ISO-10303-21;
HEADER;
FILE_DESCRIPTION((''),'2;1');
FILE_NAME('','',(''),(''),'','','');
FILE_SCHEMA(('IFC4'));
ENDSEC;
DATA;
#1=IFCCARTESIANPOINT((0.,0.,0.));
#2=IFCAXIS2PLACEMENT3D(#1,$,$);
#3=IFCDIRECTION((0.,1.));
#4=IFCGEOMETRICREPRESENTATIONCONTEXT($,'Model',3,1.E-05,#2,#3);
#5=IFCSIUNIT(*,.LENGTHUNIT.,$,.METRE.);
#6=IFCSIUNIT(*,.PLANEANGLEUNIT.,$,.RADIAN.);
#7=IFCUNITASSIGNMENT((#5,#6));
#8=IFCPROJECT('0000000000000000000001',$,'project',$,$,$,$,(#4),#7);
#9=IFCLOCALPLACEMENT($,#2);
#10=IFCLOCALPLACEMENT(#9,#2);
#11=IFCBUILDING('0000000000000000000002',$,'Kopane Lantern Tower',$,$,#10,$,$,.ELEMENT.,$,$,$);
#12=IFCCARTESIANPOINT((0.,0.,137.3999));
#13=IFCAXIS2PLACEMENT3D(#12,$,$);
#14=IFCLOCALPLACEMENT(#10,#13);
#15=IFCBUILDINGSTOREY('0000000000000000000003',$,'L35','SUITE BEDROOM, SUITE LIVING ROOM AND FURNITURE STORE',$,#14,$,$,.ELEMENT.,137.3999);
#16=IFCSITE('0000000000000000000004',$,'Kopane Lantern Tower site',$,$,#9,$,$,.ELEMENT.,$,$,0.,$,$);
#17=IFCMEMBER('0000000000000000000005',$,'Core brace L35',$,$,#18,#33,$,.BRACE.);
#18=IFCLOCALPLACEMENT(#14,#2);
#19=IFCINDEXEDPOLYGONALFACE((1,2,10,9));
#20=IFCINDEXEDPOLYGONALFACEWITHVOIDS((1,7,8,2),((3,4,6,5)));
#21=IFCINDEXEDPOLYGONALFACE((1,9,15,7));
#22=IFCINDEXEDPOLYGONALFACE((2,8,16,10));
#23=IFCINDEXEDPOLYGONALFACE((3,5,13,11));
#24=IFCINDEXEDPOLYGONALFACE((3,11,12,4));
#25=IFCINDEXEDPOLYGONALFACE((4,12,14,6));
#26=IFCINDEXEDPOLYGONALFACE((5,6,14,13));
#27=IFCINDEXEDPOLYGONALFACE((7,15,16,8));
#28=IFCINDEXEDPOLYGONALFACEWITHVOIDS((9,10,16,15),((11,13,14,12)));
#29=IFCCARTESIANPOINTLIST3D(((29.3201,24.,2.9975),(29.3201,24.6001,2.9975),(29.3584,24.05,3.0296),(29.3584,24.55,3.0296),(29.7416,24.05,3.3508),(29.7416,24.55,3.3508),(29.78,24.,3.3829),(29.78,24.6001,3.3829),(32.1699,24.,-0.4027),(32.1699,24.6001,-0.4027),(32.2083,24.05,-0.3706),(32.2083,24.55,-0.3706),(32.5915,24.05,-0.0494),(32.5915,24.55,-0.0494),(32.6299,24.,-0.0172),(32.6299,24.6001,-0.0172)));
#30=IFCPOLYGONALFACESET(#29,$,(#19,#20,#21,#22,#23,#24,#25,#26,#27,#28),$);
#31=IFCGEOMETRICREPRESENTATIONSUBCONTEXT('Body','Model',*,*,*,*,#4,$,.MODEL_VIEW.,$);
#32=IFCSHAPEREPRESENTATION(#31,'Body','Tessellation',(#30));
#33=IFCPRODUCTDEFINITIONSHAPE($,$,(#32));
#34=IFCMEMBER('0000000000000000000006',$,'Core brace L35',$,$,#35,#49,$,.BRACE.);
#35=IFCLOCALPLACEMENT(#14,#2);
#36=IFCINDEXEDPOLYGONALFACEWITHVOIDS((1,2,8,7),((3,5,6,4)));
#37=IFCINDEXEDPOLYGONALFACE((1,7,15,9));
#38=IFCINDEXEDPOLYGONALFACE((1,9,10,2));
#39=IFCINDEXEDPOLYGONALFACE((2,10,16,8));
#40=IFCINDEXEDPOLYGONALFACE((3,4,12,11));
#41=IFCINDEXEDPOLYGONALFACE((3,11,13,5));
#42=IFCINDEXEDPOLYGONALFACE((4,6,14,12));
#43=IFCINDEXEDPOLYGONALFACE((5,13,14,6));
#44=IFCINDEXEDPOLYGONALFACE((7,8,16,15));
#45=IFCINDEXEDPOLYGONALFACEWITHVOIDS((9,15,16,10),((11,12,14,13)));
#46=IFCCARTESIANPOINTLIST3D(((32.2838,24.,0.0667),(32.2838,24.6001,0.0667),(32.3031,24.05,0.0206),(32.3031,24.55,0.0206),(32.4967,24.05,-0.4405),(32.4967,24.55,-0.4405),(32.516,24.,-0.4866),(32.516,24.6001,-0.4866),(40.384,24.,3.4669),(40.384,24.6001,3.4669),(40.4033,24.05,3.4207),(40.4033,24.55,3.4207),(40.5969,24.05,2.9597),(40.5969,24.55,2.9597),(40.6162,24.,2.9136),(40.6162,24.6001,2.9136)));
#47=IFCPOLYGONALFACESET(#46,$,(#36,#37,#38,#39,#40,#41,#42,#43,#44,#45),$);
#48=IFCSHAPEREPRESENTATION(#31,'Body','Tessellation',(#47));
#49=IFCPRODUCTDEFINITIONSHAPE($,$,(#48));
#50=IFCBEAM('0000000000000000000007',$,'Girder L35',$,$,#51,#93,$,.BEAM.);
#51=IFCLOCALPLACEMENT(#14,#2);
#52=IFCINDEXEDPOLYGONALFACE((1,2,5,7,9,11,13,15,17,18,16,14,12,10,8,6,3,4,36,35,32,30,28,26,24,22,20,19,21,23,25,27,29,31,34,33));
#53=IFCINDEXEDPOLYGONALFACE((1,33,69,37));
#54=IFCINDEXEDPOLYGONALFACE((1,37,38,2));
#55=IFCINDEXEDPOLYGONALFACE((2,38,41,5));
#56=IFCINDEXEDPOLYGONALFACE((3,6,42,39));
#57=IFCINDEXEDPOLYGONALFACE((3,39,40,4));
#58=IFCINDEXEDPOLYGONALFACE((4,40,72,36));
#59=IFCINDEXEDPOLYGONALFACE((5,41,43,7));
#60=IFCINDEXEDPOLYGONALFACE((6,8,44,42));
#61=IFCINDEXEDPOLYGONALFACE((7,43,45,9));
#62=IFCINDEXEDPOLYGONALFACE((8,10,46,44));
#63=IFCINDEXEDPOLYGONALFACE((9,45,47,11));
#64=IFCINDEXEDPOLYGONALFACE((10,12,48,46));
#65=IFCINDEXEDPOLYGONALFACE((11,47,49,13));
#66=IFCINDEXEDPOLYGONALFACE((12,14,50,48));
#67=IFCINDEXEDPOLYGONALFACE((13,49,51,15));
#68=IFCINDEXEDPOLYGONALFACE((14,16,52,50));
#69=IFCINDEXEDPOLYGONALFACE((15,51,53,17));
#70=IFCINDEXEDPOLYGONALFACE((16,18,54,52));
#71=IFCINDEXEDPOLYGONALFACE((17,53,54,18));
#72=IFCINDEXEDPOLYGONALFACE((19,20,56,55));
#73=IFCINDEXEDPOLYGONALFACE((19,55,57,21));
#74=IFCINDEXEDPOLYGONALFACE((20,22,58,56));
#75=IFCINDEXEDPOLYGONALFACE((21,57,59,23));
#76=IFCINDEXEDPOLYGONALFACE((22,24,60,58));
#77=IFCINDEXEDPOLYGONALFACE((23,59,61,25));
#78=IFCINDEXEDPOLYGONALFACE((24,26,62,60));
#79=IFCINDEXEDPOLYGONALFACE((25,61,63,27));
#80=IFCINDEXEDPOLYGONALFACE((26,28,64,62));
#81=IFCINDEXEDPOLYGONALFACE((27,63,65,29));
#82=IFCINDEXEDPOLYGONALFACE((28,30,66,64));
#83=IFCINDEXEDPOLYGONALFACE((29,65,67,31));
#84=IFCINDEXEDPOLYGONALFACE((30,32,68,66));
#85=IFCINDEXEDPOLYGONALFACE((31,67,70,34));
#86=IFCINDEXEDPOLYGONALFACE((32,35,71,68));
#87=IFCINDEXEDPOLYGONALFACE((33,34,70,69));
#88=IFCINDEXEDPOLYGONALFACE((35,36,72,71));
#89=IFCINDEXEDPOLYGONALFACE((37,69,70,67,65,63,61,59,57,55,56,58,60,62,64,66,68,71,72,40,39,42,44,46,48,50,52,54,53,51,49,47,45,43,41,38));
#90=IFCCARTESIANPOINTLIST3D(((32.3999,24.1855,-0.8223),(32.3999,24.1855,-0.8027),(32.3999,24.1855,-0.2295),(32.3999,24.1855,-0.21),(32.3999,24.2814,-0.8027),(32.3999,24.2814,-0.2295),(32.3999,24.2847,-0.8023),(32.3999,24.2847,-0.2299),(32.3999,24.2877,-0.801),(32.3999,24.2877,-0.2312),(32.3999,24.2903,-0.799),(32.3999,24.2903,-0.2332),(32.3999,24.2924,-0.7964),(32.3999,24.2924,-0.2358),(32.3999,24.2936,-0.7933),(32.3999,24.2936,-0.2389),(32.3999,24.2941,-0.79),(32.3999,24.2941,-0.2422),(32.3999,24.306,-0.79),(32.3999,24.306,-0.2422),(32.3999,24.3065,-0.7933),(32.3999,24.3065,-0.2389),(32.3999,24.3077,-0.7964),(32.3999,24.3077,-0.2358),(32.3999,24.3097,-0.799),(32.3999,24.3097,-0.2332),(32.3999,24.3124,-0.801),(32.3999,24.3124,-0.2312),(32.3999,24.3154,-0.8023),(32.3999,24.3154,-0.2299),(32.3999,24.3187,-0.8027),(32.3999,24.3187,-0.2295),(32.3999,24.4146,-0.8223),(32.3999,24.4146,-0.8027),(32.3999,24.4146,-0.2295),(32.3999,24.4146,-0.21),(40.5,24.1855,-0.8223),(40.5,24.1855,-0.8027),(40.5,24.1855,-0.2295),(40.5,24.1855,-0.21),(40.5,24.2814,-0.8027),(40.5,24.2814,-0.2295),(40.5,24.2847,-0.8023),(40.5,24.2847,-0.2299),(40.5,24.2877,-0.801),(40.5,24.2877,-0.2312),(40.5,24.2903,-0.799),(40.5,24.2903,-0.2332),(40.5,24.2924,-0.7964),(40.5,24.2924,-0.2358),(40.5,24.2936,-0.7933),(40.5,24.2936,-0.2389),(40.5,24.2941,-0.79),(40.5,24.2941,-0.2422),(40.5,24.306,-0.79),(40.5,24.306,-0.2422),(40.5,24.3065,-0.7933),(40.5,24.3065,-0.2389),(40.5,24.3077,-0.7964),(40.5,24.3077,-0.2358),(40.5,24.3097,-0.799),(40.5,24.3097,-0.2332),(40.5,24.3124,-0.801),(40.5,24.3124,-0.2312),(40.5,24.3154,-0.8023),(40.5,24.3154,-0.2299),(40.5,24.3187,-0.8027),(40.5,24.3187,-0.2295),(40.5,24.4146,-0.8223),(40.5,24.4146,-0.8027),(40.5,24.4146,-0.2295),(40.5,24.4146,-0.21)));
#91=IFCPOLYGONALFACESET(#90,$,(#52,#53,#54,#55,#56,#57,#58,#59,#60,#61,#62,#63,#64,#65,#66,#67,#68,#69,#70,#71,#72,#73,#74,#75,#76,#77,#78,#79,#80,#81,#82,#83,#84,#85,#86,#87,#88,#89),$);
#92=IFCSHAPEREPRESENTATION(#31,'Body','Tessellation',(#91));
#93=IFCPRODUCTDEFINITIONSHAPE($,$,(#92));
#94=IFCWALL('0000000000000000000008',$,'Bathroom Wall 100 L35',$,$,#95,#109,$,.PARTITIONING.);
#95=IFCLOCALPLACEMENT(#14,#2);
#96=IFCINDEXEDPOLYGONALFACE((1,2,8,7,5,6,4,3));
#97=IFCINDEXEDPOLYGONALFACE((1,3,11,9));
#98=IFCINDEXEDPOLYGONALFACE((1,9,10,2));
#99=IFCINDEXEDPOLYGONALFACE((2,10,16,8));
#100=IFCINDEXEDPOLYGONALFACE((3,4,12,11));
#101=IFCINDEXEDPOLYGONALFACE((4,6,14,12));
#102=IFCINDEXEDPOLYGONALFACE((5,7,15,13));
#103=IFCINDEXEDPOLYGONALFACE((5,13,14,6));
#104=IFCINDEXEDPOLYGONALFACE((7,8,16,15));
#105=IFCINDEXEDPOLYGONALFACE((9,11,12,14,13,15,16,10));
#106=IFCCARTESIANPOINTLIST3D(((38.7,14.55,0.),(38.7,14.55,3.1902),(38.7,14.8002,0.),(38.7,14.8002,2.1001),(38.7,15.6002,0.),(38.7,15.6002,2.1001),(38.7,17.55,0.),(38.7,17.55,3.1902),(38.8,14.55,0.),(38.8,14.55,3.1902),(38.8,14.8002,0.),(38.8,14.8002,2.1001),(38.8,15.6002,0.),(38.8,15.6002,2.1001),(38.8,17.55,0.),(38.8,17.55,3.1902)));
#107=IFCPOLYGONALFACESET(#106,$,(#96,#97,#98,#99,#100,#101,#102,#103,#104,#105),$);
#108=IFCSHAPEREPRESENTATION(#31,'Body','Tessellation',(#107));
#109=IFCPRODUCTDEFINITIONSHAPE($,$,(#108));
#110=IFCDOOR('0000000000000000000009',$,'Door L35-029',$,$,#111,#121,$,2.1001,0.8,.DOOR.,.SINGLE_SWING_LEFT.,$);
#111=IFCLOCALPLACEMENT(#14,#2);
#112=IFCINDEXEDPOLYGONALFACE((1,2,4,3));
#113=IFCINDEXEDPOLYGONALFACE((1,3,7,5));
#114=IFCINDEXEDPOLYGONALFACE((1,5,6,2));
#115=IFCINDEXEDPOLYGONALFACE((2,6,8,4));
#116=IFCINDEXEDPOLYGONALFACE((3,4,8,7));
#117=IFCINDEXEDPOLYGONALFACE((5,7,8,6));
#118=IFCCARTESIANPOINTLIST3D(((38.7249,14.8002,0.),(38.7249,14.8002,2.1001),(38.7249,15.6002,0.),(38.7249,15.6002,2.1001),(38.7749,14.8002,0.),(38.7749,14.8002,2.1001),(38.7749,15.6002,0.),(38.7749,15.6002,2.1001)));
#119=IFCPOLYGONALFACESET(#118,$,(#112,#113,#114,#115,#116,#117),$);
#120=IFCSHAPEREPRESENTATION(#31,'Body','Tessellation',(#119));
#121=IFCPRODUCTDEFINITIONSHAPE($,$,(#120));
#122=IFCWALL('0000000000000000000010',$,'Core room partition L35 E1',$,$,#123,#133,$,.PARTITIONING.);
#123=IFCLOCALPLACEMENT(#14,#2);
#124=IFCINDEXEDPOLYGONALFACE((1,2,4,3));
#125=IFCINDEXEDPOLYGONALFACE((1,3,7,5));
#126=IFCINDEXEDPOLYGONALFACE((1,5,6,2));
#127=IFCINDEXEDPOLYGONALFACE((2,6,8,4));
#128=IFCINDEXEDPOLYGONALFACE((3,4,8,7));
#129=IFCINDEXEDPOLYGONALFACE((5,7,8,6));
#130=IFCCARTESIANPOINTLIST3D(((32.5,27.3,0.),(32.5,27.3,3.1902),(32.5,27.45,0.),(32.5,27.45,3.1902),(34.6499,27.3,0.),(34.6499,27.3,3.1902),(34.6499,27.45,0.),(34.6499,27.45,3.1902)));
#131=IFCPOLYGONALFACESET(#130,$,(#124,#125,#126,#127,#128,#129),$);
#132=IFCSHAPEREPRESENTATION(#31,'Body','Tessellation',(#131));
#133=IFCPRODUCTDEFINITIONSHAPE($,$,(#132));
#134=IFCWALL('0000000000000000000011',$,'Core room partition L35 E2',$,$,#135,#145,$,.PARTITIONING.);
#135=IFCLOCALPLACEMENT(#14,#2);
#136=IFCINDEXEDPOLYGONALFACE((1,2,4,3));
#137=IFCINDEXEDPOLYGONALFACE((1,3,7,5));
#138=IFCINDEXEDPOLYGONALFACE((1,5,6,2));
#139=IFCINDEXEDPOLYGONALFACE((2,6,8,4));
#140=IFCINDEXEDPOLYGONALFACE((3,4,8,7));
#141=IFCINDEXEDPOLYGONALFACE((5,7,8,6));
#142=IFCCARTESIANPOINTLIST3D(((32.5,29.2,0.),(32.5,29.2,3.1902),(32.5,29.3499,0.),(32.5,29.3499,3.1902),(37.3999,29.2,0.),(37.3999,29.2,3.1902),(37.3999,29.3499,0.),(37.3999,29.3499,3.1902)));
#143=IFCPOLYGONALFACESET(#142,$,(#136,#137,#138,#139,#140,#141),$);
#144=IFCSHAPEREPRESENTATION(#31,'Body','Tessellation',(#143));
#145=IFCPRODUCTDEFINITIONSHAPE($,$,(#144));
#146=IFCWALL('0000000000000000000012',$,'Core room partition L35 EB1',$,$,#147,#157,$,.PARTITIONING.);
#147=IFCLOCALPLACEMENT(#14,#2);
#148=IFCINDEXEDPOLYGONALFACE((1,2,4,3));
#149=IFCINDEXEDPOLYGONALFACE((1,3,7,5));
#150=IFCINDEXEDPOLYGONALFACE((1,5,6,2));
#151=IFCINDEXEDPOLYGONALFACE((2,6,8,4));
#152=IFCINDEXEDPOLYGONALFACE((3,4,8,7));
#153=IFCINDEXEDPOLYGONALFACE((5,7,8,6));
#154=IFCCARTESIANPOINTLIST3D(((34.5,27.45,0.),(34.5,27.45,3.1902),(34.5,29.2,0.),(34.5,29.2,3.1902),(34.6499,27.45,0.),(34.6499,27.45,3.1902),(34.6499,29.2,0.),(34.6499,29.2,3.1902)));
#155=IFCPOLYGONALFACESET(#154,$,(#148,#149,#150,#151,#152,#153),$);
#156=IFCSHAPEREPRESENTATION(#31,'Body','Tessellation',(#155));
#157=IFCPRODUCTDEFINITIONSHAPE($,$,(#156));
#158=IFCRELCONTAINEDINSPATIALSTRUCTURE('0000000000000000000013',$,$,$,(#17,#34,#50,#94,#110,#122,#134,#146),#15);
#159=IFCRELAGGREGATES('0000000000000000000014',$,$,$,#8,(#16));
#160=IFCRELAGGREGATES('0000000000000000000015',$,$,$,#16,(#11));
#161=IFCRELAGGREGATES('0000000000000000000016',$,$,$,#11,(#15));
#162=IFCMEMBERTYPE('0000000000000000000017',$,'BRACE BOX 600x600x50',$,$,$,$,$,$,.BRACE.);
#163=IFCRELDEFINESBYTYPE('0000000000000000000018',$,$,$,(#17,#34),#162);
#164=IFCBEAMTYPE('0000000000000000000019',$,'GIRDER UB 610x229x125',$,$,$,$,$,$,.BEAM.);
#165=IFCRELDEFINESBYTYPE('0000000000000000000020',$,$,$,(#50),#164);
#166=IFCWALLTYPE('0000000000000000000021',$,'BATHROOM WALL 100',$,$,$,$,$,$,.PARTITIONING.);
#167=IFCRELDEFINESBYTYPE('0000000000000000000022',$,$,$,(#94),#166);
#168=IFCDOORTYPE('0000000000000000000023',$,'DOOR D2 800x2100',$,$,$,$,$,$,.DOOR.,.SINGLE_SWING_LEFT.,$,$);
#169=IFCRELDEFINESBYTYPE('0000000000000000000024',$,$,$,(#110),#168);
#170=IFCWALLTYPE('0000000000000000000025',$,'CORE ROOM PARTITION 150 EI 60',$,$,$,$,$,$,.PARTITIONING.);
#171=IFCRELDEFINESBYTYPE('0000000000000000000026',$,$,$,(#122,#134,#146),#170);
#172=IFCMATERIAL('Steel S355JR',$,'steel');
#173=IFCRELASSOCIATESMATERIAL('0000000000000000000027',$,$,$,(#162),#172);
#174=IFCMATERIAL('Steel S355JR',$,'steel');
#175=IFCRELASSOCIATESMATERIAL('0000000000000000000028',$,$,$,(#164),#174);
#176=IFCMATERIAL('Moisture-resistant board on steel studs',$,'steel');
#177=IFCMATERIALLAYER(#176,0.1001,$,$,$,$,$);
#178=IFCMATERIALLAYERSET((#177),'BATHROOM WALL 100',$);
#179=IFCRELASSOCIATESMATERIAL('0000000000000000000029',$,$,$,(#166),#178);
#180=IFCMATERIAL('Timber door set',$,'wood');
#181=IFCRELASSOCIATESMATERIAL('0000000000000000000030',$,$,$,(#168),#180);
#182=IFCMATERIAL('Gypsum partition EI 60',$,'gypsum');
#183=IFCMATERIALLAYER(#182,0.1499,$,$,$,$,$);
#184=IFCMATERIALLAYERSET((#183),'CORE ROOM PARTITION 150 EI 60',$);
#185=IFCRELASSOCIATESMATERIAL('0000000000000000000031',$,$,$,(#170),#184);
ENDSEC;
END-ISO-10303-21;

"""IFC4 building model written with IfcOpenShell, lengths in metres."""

from ifc_helpers import new_model, si_unit, direction, frame, frame_2d, origin, origin_2d, place, context, subcontext, project, spatial, rectangle, hollow_rectangle, i_section, extrude, material, layer, layer_set, material_profile, profile_set, type_object, element, fill, save


model = new_model("IFC4")

# Units and contexts
model_context = context("Model", 3, precision=1e-05, world=origin(), true_north=direction((0.0, 1.0)))
body_context = subcontext(model_context, "Body", "Model", "MODEL_VIEW")
ifc_project = project(units=[si_unit("LENGTHUNIT", "METRE"), si_unit("PLANEANGLEUNIT", "RADIAN")], contexts=[model_context])

# Site, building, storey
site_placement = place(None, origin())
site = spatial("IfcSite", under=ifc_project, at=site_placement, Name="Kopane Lantern Tower site", CompositionType="ELEMENT", RefElevation=0.0)
building_placement = place(site_placement, origin())
building = spatial("IfcBuilding", under=site, at=building_placement, Name="Kopane Lantern Tower", CompositionType="ELEMENT")
storey_placement = place(building_placement, frame((0.0, 0.0, 137.3999)))
storey = spatial("IfcBuildingStorey", under=building, at=storey_placement, Name="L35", Description="SUITE BEDROOM, SUITE LIVING ROOM AND FURNITURE STORE", CompositionType="ELEMENT", Elevation=137.3999)

# Members
ifc_material_1 = material(Name="Steel S355JR", Category="steel")
ifc_material_profile_1 = material_profile(ifc_material_1, hollow_rectangle(XDim=0.6001, YDim=0.6001, WallThickness=0.05, at=origin_2d()), Name="BOX 600x600x50")
ifc_profile_set_1 = profile_set([ifc_material_profile_1], Name="Steel S355JR")
member_type = type_object("IfcMemberType", Name="BRACE BOX 600x600x50", PredefinedType="BRACE", material=ifc_profile_set_1)
member_1_placement = place(storey_placement, frame((32.3999, 24.3, -0.21), z_axis=(-0.642363, 0.0, 0.7664), x_axis=(0.0, -1.0, 0.0)))
element("IfcMember", 1, at=member_1_placement, inside=storey, type_object=member_type, Name="Core brace L35", PredefinedType="BRACE", context=body_context, shape_type="SweptSolid", body=[
    extrude(hollow_rectangle(XDim=0.6001, YDim=0.6001, WallThickness=0.05, at=origin_2d()), origin(), (0.0, 0.0, 1.0), 4.4365),
])
member_2_placement = place(storey_placement, frame((32.3999, 24.3, -0.21), z_axis=(0.922059, 0.0, 0.387049), x_axis=(0.0, 1.0, 0.0)))
element("IfcMember", 2, at=member_2_placement, inside=storey, type_object=member_type, Name="Core brace L35", PredefinedType="BRACE", context=body_context, shape_type="SweptSolid", body=[
    extrude(hollow_rectangle(XDim=0.6001, YDim=0.6001, WallThickness=0.05, at=origin_2d()), origin(), (0.0, 0.0, 1.0), 8.7849),
])

# Beam
ifc_material_2 = material(Name="Steel S355JR", Category="steel")
ifc_material_profile_2 = material_profile(ifc_material_2, i_section(OverallWidth=0.229, OverallDepth=0.6123, WebThickness=0.012, FlangeThickness=0.0195, FilletRadius=0.0127, at=origin_2d()), Name="UB 610x229x125")
ifc_profile_set_2 = profile_set([ifc_material_profile_2], Name="Steel S355JR")
beam_type = type_object("IfcBeamType", Name="GIRDER UB 610x229x125", PredefinedType="BEAM", material=ifc_profile_set_2)
beam_placement = place(storey_placement, frame((32.3999, 24.3, -0.5161), z_axis=(1.0, 0.0, 0.0), x_axis=(0.0, 1.0, 0.0)))
element("IfcBeam", 3, at=beam_placement, inside=storey, type_object=beam_type, Name="Girder L35", PredefinedType="BEAM", context=body_context, shape_type="SweptSolid", body=[
    extrude(i_section(OverallWidth=0.229, OverallDepth=0.6123, WebThickness=0.012, FlangeThickness=0.0195, FilletRadius=0.0127, at=origin_2d()), origin(), (0.0, 0.0, 1.0), 8.1001),
])

# Wall, opening, door
ifc_material_3 = material(Name="Moisture-resistant board on steel studs", Category="steel")
ifc_layer_1 = layer(ifc_material_3, 0.1001)
ifc_layer_set_1 = layer_set([ifc_layer_1], Name="BATHROOM WALL 100")
wall_type_1 = type_object("IfcWallType", Name="BATHROOM WALL 100", PredefinedType="PARTITIONING", material=ifc_layer_set_1)
wall_1_placement = place(storey_placement, frame((38.75, 17.55, 0.0), z_axis=(0.0, 0.0, 1.0), x_axis=(0.0, -1.0, 0.0)))
wall_1 = element("IfcWall", 4, at=wall_1_placement, inside=storey, type_object=wall_type_1, Name="Bathroom Wall 100 L35", PredefinedType="PARTITIONING", context=body_context, shape_type="SweptSolid", body=[
    extrude(rectangle(XDim=3.0, YDim=0.1001, at=frame_2d((1.5, 0.0))), origin(), (0.0, 0.0, 1.0), 3.1902),
])
opening_1_placement = place(wall_1_placement, frame((1.95, 0.0, 0.0)))
opening_1 = element("IfcOpeningElement", 5, at=opening_1_placement, cuts=wall_1, PredefinedType="OPENING", context=body_context, shape_type="SweptSolid", body=[
    extrude(rectangle(XDim=0.8, YDim=2.1001, at=frame_2d((0.3999, 1.05))), frame((0.0, 0.0601, 0.0), z_axis=(0.0, -1.0, 0.0), x_axis=(1.0, 0.0, 0.0)), (0.0, 0.0, 1.0), 0.1201),
])
ifc_material_4 = material(Name="Timber door set", Category="wood")
door_type_1 = type_object("IfcDoorType", Name="DOOR D2 800x2100", OperationType="SINGLE_SWING_LEFT", PredefinedType="DOOR", material=ifc_material_4)
door_1_placement = place(opening_1_placement, origin())
door_1 = element("IfcDoor", 6, at=door_1_placement, inside=storey, type_object=door_type_1, Name="Door L35-029", OperationType="SINGLE_SWING_LEFT", OverallHeight=2.1001, OverallWidth=0.8, PredefinedType="DOOR", context=body_context, shape_type="SweptSolid", body=[
    extrude(rectangle(XDim=0.8, YDim=2.1001, at=frame_2d((0.3999, 1.05))), frame((0.0, 0.0249, 0.0), z_axis=(0.0, -1.0, 0.0), x_axis=(1.0, 0.0, 0.0)), (0.0, 0.0, 1.0), 0.05),
])
fill(opening_1, door_1)

# Walls
ifc_material_5 = material(Name="Gypsum partition EI 60", Category="gypsum")
ifc_layer_2 = layer(ifc_material_5, 0.1499)
ifc_layer_set_2 = layer_set([ifc_layer_2], Name="CORE ROOM PARTITION 150 EI 60")
wall_type_2 = type_object("IfcWallType", Name="CORE ROOM PARTITION 150 EI 60", PredefinedType="PARTITIONING", material=ifc_layer_set_2)
wall_2_placement = place(storey_placement, frame((32.5, 27.375, 0.0), z_axis=(0.0, 0.0, 1.0), x_axis=(1.0, 0.0, 0.0)))
element("IfcWall", 7, at=wall_2_placement, inside=storey, type_object=wall_type_2, Name="Core room partition L35 E1", PredefinedType="PARTITIONING", context=body_context, shape_type="SweptSolid", body=[
    extrude(rectangle(XDim=2.1499, YDim=0.1499, at=frame_2d((1.075, 0.0))), origin(), (0.0, 0.0, 1.0), 3.1902),
])
wall_3_placement = place(storey_placement, frame((32.5, 29.2749, 0.0), z_axis=(0.0, 0.0, 1.0), x_axis=(1.0, 0.0, 0.0)))
element("IfcWall", 8, at=wall_3_placement, inside=storey, type_object=wall_type_2, Name="Core room partition L35 E2", PredefinedType="PARTITIONING", context=body_context, shape_type="SweptSolid", body=[
    extrude(rectangle(XDim=4.8999, YDim=0.1499, at=frame_2d((2.45, 0.0))), origin(), (0.0, 0.0, 1.0), 3.1902),
])
wall_4_placement = place(storey_placement, frame((34.575, 27.45, 0.0), z_axis=(0.0, 0.0, 1.0), x_axis=(0.0, 1.0, 0.0)))
element("IfcWall", 9, at=wall_4_placement, inside=storey, type_object=wall_type_2, Name="Core room partition L35 EB1", PredefinedType="PARTITIONING", context=body_context, shape_type="SweptSolid", body=[
    extrude(rectangle(XDim=1.75, YDim=0.1499, at=frame_2d((0.875, 0.0))), origin(), (0.0, 0.0, 1.0), 3.1902),
])

save(model, "model.ifc")
